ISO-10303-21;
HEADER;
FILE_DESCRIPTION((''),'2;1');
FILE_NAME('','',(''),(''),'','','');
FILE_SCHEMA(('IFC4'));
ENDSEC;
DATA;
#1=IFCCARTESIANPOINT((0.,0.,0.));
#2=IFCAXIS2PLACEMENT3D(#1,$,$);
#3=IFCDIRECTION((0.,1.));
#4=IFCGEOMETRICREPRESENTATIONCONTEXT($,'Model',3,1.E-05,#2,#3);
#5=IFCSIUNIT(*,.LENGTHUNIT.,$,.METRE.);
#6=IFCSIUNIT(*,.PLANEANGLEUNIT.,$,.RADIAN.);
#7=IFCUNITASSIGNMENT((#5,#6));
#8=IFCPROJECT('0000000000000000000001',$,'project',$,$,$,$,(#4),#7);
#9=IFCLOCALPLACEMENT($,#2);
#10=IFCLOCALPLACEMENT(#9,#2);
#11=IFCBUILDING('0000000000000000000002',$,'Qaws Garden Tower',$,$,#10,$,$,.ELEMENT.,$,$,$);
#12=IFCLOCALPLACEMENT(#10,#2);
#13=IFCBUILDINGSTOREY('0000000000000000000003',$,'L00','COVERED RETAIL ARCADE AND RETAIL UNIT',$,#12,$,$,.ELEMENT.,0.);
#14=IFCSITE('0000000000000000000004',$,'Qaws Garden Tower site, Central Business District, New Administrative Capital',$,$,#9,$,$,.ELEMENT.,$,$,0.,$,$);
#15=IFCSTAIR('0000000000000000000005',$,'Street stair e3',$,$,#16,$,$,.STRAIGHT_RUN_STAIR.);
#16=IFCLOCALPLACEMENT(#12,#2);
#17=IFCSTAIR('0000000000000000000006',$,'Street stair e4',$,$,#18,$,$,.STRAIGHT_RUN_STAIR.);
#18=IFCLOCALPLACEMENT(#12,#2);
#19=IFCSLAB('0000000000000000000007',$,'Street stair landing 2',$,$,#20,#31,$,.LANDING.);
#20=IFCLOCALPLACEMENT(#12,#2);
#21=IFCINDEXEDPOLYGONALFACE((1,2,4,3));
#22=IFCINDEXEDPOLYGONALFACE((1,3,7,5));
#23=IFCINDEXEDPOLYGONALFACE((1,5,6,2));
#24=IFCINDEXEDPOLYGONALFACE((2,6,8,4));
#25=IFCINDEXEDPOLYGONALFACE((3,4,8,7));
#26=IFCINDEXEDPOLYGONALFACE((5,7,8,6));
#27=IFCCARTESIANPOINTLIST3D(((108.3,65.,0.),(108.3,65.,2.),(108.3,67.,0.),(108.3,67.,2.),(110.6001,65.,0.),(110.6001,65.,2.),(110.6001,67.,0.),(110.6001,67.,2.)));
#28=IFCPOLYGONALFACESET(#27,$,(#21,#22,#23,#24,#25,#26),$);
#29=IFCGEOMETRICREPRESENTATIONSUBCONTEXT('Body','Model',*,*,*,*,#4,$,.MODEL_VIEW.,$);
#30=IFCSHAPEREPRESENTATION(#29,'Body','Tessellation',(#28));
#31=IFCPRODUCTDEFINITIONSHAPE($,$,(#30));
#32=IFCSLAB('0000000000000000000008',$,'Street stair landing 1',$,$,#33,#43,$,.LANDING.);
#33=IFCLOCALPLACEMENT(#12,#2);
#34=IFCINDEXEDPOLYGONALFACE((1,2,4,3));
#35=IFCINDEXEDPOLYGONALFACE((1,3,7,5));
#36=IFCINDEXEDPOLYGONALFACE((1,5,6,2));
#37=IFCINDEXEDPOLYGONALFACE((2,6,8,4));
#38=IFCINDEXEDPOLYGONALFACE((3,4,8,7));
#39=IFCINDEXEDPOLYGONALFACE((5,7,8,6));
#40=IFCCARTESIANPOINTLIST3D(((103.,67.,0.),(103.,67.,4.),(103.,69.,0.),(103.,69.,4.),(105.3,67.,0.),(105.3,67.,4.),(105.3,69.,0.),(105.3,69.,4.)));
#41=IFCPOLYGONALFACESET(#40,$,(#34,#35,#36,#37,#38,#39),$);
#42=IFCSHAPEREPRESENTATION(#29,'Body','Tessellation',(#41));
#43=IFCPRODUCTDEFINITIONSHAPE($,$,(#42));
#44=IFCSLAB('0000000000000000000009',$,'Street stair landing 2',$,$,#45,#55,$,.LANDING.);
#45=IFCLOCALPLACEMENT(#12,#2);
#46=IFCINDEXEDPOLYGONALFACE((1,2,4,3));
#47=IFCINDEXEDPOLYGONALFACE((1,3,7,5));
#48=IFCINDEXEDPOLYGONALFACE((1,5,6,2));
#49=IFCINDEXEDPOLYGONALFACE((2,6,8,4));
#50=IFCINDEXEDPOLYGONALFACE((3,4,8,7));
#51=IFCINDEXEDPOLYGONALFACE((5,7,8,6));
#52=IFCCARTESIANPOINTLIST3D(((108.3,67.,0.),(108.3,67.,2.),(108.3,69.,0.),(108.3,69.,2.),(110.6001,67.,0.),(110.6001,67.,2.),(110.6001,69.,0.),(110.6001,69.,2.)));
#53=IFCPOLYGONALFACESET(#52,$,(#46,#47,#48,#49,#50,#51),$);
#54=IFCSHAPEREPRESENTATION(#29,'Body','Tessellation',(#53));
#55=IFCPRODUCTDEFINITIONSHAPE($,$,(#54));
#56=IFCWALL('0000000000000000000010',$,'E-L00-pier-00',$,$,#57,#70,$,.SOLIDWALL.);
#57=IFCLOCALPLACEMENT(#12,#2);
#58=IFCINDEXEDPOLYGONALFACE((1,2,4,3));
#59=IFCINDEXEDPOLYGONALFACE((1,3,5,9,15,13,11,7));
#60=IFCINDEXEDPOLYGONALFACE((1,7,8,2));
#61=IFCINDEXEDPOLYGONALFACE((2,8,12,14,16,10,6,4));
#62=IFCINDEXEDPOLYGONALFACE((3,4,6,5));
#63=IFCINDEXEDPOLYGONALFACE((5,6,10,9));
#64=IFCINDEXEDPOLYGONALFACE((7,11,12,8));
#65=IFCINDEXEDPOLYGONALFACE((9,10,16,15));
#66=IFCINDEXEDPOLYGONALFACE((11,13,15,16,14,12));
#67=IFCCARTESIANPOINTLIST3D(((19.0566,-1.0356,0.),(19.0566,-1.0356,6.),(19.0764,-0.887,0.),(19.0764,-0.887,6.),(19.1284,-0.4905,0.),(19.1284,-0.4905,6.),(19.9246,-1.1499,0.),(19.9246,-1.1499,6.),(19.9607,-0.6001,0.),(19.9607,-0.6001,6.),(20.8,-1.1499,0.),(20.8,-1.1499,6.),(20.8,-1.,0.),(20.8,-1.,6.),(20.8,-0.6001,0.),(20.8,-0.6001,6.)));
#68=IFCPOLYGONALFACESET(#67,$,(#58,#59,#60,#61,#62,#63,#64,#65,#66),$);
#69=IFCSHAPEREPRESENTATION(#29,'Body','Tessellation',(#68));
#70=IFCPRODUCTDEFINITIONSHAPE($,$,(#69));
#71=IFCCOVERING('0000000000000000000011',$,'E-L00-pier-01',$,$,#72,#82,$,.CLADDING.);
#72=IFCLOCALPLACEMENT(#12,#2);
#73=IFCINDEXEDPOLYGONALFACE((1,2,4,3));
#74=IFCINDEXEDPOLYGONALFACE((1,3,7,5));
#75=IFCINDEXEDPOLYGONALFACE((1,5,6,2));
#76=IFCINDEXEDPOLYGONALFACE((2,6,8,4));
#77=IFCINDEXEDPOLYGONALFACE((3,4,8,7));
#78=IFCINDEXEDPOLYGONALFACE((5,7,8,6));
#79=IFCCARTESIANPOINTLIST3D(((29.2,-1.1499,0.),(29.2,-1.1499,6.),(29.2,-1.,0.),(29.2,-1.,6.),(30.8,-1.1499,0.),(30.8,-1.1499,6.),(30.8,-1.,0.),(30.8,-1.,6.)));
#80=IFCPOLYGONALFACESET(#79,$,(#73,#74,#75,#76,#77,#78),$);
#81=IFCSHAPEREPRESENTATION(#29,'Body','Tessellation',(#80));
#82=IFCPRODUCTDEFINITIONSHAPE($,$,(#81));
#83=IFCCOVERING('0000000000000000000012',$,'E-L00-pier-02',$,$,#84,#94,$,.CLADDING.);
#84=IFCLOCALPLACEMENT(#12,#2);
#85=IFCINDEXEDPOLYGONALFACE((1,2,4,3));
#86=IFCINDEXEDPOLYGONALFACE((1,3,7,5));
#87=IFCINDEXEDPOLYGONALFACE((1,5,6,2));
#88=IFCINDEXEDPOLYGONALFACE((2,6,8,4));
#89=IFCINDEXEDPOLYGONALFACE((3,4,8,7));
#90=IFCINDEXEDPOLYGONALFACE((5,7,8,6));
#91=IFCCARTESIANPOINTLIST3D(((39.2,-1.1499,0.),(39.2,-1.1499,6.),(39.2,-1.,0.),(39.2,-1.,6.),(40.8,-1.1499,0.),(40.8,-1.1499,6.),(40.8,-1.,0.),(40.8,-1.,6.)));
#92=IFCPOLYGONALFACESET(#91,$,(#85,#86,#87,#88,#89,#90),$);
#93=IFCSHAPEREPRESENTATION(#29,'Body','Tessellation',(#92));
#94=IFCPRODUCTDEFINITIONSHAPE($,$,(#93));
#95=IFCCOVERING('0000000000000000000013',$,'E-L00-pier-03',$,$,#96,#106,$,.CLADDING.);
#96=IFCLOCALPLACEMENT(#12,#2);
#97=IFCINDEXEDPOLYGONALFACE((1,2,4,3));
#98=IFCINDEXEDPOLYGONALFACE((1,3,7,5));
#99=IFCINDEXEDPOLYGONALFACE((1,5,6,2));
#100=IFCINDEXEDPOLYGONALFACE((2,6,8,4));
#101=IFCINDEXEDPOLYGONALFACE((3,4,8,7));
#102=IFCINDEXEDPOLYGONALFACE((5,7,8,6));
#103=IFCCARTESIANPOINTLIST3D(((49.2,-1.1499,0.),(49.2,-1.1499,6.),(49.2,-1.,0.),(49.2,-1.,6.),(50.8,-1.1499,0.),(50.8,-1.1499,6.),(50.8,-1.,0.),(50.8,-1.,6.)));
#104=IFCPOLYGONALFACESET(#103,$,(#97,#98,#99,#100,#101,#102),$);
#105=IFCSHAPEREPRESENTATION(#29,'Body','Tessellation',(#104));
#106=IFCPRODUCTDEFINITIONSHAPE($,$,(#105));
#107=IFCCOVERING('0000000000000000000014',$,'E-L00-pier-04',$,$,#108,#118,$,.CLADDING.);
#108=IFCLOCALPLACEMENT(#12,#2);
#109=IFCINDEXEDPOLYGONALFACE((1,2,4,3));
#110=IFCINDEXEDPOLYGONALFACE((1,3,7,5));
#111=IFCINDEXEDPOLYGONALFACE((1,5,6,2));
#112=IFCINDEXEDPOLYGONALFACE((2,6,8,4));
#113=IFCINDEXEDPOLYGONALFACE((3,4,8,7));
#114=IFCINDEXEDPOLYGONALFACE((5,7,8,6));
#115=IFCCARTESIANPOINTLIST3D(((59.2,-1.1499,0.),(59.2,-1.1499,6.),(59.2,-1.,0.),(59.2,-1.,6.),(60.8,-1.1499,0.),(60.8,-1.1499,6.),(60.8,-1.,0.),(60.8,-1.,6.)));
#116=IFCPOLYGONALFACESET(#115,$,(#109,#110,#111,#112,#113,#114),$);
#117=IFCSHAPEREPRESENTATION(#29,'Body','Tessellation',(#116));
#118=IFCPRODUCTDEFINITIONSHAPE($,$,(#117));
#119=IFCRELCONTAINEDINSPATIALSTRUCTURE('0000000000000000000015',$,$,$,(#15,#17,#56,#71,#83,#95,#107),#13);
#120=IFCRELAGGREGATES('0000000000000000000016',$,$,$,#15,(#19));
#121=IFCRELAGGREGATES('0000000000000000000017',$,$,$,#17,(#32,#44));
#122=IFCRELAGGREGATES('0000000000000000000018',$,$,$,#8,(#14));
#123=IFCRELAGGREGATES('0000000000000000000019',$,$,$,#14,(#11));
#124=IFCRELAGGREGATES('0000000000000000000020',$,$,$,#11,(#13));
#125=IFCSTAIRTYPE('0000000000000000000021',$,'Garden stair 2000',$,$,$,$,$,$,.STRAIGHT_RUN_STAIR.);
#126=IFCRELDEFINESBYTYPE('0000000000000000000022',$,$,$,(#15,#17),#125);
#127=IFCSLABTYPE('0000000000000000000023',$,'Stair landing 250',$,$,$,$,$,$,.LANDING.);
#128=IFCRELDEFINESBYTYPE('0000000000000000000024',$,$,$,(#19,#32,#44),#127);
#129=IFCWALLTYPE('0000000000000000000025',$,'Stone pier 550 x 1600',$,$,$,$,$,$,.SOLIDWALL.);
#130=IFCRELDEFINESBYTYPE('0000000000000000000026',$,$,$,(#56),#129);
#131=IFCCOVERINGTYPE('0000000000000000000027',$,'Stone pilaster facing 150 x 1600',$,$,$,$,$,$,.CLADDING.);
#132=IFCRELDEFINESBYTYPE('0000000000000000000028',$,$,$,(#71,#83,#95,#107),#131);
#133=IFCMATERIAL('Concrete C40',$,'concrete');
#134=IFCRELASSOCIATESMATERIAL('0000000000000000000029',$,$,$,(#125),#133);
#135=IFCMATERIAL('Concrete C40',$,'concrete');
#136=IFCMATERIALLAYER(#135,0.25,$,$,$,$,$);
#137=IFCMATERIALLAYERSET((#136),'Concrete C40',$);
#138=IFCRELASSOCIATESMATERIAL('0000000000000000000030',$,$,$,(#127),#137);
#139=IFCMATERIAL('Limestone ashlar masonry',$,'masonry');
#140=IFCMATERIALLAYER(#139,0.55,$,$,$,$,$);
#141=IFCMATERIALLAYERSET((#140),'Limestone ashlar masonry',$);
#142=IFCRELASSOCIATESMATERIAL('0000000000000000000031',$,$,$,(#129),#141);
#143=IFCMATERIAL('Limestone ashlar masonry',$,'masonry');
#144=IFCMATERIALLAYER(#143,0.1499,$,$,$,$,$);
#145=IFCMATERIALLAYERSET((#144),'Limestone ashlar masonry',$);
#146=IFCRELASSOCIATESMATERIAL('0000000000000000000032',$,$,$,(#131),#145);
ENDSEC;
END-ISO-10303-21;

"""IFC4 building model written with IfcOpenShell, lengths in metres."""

from ifc_helpers import new_model, si_unit, direction, origin, place, context, subcontext, project, spatial, polyline, outline, extrude, material, layer, layer_set, type_object, element, aggregate, save


model = new_model("IFC4")

# Units and contexts
model_context = context("Model", 3, precision=1e-05, world=origin(), true_north=direction((0.0, 1.0)))
body_context = subcontext(model_context, "Body", "Model", "MODEL_VIEW")
ifc_project = project(units=[si_unit("LENGTHUNIT", "METRE"), si_unit("PLANEANGLEUNIT", "RADIAN")], contexts=[model_context])

# Site, building, storey
site_placement = place(None, origin())
site = spatial("IfcSite", under=ifc_project, at=site_placement, Name="Qaws Garden Tower site, Central Business District, New Administrative Capital", CompositionType="ELEMENT", RefElevation=0.0)
building_placement = place(site_placement, origin())
building = spatial("IfcBuilding", under=site, at=building_placement, Name="Qaws Garden Tower", CompositionType="ELEMENT")
storey_placement = place(building_placement, origin())
storey = spatial("IfcBuildingStorey", under=building, at=storey_placement, Name="L00", Description="COVERED RETAIL ARCADE AND RETAIL UNIT", CompositionType="ELEMENT", Elevation=0.0)

# Stairs
ifc_material_1 = material(Name="Concrete C40", Category="concrete")
stair_type = type_object("IfcStairType", Name="Garden stair 2000", PredefinedType="STRAIGHT_RUN_STAIR", material=ifc_material_1)
placement_1 = place(storey_placement, origin())
stair_1 = element("IfcStair", 1, at=placement_1, inside=storey, type_object=stair_type, Name="Street stair e3", PredefinedType="STRAIGHT_RUN_STAIR")
stair_2 = element("IfcStair", 2, at=placement_1, inside=storey, type_object=stair_type, Name="Street stair e4", PredefinedType="STRAIGHT_RUN_STAIR")

# Slabs
ifc_material_2 = material(Name="Concrete C40", Category="concrete")
ifc_layer_1 = layer(ifc_material_2, 0.25)
ifc_layer_set_1 = layer_set([ifc_layer_1], Name="Concrete C40")
slab_type_1 = type_object("IfcSlabType", Name="Stair landing 250", PredefinedType="LANDING", material=ifc_layer_set_1)
slab_1 = element("IfcSlab", 3, at=placement_1, type_object=slab_type_1, Name="Street stair landing 2", PredefinedType="LANDING", context=body_context, shape_type="SweptSolid", body=[
    extrude(outline(polyline([(108.3, 65.0), (110.6001, 65.0), (110.6001, 67.0), (108.3, 67.0), (108.3, 65.0)])), origin(), (0.0, 0.0, 1.0), 2.0),
])
aggregate(stair_1, [slab_1])
slab_2 = element("IfcSlab", 4, at=placement_1, type_object=slab_type_1, Name="Street stair landing 1", PredefinedType="LANDING", context=body_context, shape_type="SweptSolid", body=[
    extrude(outline(polyline([(103.0, 67.0), (105.3, 67.0), (105.3, 69.0), (103.0, 69.0), (103.0, 67.0)])), origin(), (0.0, 0.0, 1.0), 4.0),
])
slab_3 = element("IfcSlab", 5, at=placement_1, type_object=slab_type_1, Name="Street stair landing 2", PredefinedType="LANDING", context=body_context, shape_type="SweptSolid", body=[
    extrude(outline(polyline([(108.3, 67.0), (110.6001, 67.0), (110.6001, 69.0), (108.3, 69.0), (108.3, 67.0)])), origin(), (0.0, 0.0, 1.0), 2.0),
])
aggregate(stair_2, [slab_2, slab_3])

# Wall
ifc_material_3 = material(Name="Limestone ashlar masonry", Category="masonry")
ifc_layer_2 = layer(ifc_material_3, 0.55)
ifc_layer_set_2 = layer_set([ifc_layer_2], Name="Limestone ashlar masonry")
wall_type = type_object("IfcWallType", Name="Stone pier 550 x 1600", PredefinedType="SOLIDWALL", material=ifc_layer_set_2)
element("IfcWall", 6, at=placement_1, inside=storey, type_object=wall_type, Name="E-L00-pier-00", PredefinedType="SOLIDWALL", context=body_context, shape_type="SweptSolid", body=[
    extrude(outline(polyline([(19.0764, -0.887), (19.0566, -1.0356), (19.9246, -1.1499), (20.8, -1.1499), (20.8, -1.0), (20.8, -0.6001), (19.9607, -0.6001), (19.1284, -0.4905), (19.0764, -0.887)])), origin(), (0.0, 0.0, 1.0), 6.0),
])

# Coverings
ifc_material_4 = material(Name="Limestone ashlar masonry", Category="masonry")
ifc_layer_3 = layer(ifc_material_4, 0.1499)
ifc_layer_set_3 = layer_set([ifc_layer_3], Name="Limestone ashlar masonry")
covering_type = type_object("IfcCoveringType", Name="Stone pilaster facing 150 x 1600", PredefinedType="CLADDING", material=ifc_layer_set_3)
element("IfcCovering", 7, at=placement_1, inside=storey, type_object=covering_type, Name="E-L00-pier-01", PredefinedType="CLADDING", context=body_context, shape_type="SweptSolid", body=[
    extrude(outline(polyline([(29.2, -1.0), (30.8, -1.0), (30.8, -1.1499), (29.2, -1.1499), (29.2, -1.0)])), origin(), (0.0, 0.0, 1.0), 6.0),
])
element("IfcCovering", 8, at=placement_1, inside=storey, type_object=covering_type, Name="E-L00-pier-02", PredefinedType="CLADDING", context=body_context, shape_type="SweptSolid", body=[
    extrude(outline(polyline([(39.2, -1.0), (40.8, -1.0), (40.8, -1.1499), (39.2, -1.1499), (39.2, -1.0)])), origin(), (0.0, 0.0, 1.0), 6.0),
])
element("IfcCovering", 9, at=placement_1, inside=storey, type_object=covering_type, Name="E-L00-pier-03", PredefinedType="CLADDING", context=body_context, shape_type="SweptSolid", body=[
    extrude(outline(polyline([(49.2, -1.0), (50.8, -1.0), (50.8, -1.1499), (49.2, -1.1499), (49.2, -1.0)])), origin(), (0.0, 0.0, 1.0), 6.0),
])
element("IfcCovering", 10, at=placement_1, inside=storey, type_object=covering_type, Name="E-L00-pier-04", PredefinedType="CLADDING", context=body_context, shape_type="SweptSolid", body=[
    extrude(outline(polyline([(59.2, -1.0), (60.8, -1.0), (60.8, -1.1499), (59.2, -1.1499), (59.2, -1.0)])), origin(), (0.0, 0.0, 1.0), 6.0),
])

save(model, "model.ifc")
